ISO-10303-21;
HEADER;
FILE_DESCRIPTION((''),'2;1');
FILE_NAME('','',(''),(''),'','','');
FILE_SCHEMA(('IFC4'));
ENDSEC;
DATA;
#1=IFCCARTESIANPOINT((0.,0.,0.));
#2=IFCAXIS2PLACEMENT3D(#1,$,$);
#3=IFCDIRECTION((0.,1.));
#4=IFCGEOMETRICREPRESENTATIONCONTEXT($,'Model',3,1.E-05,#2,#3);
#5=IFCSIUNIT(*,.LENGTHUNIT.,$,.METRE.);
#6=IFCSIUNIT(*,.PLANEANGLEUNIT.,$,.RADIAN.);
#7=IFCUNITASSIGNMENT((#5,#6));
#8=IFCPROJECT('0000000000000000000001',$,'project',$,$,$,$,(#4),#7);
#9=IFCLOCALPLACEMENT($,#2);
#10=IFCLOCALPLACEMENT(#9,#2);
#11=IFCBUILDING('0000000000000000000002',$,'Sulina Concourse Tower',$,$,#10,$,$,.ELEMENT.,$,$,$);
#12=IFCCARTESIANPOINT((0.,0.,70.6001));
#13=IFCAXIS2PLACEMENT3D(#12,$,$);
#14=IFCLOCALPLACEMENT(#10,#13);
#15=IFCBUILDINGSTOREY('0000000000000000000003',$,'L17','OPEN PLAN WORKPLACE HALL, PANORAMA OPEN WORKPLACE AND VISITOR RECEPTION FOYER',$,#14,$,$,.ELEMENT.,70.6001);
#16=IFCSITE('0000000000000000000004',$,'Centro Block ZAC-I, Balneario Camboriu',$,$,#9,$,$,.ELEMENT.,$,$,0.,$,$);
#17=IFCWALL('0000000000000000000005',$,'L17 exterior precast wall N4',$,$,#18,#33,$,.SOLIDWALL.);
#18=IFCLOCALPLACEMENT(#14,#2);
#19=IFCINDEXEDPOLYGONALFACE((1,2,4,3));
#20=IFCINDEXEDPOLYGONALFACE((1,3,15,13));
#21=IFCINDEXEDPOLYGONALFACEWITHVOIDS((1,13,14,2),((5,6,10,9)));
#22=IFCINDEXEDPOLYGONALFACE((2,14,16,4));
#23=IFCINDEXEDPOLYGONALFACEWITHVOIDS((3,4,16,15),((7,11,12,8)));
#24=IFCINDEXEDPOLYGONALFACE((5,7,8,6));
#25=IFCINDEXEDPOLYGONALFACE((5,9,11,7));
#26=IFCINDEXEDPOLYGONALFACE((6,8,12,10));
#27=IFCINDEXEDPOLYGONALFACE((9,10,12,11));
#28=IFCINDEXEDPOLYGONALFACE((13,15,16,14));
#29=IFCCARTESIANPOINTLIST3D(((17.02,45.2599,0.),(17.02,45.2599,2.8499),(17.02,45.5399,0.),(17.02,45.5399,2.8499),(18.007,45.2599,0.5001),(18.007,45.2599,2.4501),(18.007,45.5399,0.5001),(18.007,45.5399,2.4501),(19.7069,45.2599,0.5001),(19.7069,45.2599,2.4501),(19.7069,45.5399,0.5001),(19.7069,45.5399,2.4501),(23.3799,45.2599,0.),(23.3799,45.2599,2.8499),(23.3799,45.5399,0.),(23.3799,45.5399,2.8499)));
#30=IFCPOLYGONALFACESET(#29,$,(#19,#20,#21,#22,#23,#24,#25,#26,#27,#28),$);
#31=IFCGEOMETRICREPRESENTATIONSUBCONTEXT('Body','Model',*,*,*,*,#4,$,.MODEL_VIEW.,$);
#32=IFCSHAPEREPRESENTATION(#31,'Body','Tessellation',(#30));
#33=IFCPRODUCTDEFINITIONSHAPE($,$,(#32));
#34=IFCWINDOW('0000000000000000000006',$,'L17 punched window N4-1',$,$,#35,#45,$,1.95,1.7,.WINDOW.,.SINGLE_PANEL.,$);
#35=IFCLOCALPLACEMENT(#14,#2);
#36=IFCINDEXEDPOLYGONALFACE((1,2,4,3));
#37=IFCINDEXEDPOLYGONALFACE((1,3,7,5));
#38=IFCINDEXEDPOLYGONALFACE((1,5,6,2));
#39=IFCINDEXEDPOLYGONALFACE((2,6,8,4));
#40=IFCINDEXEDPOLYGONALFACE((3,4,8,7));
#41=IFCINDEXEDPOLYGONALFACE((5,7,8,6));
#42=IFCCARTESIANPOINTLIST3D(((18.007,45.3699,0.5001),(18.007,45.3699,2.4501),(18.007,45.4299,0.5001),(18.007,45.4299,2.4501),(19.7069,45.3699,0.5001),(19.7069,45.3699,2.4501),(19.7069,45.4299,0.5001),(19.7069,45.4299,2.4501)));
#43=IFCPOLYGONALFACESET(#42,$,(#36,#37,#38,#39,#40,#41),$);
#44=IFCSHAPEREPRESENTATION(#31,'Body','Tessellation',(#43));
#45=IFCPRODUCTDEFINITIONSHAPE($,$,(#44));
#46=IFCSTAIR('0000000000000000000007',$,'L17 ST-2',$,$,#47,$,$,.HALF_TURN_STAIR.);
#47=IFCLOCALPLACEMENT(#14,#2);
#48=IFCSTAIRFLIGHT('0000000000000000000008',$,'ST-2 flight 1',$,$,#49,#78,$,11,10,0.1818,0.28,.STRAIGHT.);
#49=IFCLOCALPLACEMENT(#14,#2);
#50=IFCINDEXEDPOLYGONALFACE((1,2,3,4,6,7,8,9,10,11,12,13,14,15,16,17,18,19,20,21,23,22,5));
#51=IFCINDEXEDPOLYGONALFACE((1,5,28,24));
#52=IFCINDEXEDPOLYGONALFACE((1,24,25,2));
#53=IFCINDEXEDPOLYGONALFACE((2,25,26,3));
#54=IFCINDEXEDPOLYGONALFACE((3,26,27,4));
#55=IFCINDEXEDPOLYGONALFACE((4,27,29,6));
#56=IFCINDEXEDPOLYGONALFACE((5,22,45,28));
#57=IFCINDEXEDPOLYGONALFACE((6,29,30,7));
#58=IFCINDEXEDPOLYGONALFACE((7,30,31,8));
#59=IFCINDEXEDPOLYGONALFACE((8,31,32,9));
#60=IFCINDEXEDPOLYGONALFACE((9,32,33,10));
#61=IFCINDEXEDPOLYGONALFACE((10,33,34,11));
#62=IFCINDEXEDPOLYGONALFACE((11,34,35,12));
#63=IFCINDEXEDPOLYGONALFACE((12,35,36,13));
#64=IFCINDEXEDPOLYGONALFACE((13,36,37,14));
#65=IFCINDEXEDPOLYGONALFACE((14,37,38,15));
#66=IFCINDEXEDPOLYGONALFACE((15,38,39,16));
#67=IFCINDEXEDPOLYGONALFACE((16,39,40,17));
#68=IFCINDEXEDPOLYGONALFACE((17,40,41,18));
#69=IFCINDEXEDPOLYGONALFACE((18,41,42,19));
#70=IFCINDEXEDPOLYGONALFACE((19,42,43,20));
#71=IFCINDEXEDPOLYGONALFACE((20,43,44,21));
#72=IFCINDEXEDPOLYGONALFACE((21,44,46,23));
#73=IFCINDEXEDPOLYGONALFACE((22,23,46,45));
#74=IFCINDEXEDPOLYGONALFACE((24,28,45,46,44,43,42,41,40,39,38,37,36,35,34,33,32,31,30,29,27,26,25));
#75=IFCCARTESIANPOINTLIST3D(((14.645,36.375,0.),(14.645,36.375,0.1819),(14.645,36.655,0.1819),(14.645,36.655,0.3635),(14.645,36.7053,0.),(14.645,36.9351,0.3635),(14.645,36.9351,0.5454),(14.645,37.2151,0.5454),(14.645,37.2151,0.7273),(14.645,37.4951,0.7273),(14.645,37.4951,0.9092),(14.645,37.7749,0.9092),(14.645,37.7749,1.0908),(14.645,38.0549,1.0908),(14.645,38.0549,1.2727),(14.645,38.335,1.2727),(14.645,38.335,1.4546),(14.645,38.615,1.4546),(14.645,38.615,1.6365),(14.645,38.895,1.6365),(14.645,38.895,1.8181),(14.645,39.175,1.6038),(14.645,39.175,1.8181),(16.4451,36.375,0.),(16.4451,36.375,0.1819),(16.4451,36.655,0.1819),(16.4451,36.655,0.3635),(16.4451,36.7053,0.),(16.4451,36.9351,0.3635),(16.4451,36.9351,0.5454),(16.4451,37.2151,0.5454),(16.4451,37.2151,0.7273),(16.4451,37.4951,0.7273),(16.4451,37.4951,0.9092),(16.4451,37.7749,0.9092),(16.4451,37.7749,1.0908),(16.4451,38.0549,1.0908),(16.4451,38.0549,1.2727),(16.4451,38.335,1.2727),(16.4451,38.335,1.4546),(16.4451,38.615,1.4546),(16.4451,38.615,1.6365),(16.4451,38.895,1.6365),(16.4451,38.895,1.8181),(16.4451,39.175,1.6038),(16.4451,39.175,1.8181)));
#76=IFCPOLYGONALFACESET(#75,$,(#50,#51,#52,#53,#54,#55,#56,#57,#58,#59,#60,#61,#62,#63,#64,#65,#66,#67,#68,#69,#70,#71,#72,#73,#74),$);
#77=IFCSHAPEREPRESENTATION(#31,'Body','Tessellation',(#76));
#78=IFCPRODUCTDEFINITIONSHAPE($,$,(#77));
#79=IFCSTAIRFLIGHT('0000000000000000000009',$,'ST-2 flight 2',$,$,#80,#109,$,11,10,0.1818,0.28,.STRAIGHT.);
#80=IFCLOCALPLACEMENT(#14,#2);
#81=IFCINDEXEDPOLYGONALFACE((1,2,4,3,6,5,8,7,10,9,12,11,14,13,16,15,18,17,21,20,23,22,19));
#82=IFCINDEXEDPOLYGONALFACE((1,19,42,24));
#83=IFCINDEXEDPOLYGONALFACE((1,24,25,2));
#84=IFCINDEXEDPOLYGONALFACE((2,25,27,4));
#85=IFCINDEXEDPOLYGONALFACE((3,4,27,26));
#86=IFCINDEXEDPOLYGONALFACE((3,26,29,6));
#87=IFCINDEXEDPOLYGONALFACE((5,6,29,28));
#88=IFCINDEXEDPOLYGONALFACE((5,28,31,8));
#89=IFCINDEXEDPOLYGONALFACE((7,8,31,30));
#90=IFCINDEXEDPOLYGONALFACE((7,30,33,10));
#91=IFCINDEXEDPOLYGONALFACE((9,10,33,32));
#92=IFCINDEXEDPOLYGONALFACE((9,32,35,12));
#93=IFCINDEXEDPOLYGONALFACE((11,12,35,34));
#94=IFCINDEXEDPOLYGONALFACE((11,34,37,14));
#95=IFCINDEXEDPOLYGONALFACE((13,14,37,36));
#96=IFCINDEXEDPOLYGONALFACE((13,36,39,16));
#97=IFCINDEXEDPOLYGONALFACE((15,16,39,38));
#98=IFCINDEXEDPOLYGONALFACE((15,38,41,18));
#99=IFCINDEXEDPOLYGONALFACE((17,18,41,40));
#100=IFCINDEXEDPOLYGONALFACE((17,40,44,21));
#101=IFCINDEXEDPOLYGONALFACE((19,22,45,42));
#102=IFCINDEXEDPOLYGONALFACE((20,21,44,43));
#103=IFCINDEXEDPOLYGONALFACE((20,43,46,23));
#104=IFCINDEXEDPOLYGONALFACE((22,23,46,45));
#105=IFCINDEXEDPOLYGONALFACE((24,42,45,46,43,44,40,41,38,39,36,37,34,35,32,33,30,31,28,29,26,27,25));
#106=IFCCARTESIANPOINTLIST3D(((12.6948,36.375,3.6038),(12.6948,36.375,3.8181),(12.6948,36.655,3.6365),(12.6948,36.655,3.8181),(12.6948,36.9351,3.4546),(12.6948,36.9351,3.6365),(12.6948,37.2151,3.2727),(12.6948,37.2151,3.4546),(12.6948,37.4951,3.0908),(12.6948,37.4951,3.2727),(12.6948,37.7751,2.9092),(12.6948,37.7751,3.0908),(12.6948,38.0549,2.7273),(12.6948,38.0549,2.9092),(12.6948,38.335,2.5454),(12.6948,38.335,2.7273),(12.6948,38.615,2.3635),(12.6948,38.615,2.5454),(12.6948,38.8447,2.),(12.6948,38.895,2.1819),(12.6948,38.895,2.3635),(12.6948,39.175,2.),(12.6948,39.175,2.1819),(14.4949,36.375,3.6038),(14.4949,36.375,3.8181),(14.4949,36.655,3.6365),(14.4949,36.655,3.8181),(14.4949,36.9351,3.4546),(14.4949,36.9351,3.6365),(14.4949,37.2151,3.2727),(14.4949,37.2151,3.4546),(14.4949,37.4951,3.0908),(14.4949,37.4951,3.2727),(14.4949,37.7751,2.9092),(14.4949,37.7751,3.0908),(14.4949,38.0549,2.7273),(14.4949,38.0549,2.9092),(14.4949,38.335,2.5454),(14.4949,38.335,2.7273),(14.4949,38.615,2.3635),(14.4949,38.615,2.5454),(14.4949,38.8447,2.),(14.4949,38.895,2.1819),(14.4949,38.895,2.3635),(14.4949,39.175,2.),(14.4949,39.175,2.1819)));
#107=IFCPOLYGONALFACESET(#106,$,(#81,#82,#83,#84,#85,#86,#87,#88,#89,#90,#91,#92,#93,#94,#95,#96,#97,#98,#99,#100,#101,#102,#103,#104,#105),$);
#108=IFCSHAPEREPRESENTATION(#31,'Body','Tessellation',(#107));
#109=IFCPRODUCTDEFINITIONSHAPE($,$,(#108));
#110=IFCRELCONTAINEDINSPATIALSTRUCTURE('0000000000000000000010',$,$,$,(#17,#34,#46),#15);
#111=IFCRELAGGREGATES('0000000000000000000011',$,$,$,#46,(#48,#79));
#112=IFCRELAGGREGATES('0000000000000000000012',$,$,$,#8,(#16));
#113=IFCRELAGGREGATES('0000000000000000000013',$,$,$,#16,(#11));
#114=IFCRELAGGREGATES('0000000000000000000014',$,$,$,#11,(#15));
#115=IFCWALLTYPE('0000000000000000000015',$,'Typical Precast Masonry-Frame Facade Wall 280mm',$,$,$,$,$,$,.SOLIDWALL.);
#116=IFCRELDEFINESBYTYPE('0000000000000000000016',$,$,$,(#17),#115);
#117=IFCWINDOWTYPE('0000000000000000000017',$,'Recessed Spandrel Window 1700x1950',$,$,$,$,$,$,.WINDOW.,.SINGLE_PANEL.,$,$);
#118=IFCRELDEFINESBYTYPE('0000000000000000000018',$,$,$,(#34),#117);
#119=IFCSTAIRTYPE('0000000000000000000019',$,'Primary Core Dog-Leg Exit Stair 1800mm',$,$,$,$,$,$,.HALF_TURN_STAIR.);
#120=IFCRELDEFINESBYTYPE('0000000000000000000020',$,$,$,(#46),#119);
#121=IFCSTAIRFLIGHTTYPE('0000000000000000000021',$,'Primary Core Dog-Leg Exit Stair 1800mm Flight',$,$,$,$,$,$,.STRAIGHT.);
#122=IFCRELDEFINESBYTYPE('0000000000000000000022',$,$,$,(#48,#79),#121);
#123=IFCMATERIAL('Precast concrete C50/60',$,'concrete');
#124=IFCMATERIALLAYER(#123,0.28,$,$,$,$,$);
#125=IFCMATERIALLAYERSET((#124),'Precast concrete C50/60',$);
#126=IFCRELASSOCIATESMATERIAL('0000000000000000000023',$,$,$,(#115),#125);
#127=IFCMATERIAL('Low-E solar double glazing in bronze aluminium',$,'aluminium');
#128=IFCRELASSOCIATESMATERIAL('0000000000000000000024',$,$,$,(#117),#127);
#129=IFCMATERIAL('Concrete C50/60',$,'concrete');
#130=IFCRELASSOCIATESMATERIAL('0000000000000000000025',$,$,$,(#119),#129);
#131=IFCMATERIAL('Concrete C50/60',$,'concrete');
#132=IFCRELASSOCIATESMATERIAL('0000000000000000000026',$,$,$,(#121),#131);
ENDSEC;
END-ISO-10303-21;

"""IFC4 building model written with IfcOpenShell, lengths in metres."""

from ifc_helpers import new_model, si_unit, direction, frame, frame_2d, origin, place, context, subcontext, project, spatial, polyline, rectangle, outline, extrude, material, layer, layer_set, type_object, element, fill, aggregate, save


model = new_model("IFC4")

# Units and contexts
model_context = context("Model", 3, precision=1e-05, world=origin(), true_north=direction((0.0, 1.0)))
body_context = subcontext(model_context, "Body", "Model", "MODEL_VIEW")
ifc_project = project(units=[si_unit("LENGTHUNIT", "METRE"), si_unit("PLANEANGLEUNIT", "RADIAN")], contexts=[model_context])

# Site, building, storey
site_placement = place(None, origin())
site = spatial("IfcSite", under=ifc_project, at=site_placement, Name="Centro Block ZAC-I, Balneario Camboriu", CompositionType="ELEMENT", RefElevation=0.0)
building_placement = place(site_placement, origin())
building = spatial("IfcBuilding", under=site, at=building_placement, Name="Sulina Concourse Tower", CompositionType="ELEMENT")
storey_placement = place(building_placement, frame((0.0, 0.0, 70.6001)))
storey = spatial("IfcBuildingStorey", under=building, at=storey_placement, Name="L17", Description="OPEN PLAN WORKPLACE HALL, PANORAMA OPEN WORKPLACE AND VISITOR RECEPTION FOYER", CompositionType="ELEMENT", Elevation=70.6001)

# Shared definitions
ifc_material_1 = material(Name="Precast concrete C50/60", Category="concrete")
ifc_layer_1 = layer(ifc_material_1, 0.28)
ifc_layer_set_1 = layer_set([ifc_layer_1], Name="Precast concrete C50/60")
wall_type_1 = type_object("IfcWallType", Name="Typical Precast Masonry-Frame Facade Wall 280mm", PredefinedType="SOLIDWALL", material=ifc_layer_set_1)

# Wall, opening, window
wall_1_placement = place(storey_placement, frame((17.02, 45.3999, 0.0), z_axis=(0.0, 0.0, 1.0), x_axis=(1.0, 0.0, 0.0)))
wall_1 = element("IfcWall", 1, at=wall_1_placement, inside=storey, type_object=wall_type_1, Name="L17 exterior precast wall N4", PredefinedType="SOLIDWALL", context=body_context, shape_type="SweptSolid", body=[
    extrude(rectangle(XDim=6.3599, YDim=0.28, at=frame_2d((3.1799, 0.0))), origin(), (0.0, 0.0, 1.0), 2.8499),
])
opening_1_placement = place(wall_1_placement, frame((0.9868, 0.0, 0.5)))
opening_1 = element("IfcOpeningElement", 2, at=opening_1_placement, cuts=wall_1, PredefinedType="OPENING", context=body_context, shape_type="SweptSolid", body=[
    extrude(rectangle(XDim=1.7, YDim=1.95, at=frame_2d((0.8501, 0.9751))), frame((0.0, 0.1499, 0.0), z_axis=(0.0, -1.0, 0.0), x_axis=(1.0, 0.0, 0.0)), (0.0, 0.0, 1.0), 0.3),
])
ifc_material_2 = material(Name="Low-E solar double glazing in bronze aluminium", Category="aluminium")
window_type = type_object("IfcWindowType", Name="Recessed Spandrel Window 1700x1950", PartitioningType="SINGLE_PANEL", PredefinedType="WINDOW", material=ifc_material_2)
window_placement = place(opening_1_placement, origin())
window = element("IfcWindow", 3, at=window_placement, inside=storey, type_object=window_type, Name="L17 punched window N4-1", OverallHeight=1.95, OverallWidth=1.7, PartitioningType="SINGLE_PANEL", PredefinedType="WINDOW", context=body_context, shape_type="SweptSolid", body=[
    extrude(rectangle(XDim=1.7, YDim=1.95, at=frame_2d((0.8501, 0.9751))), frame((0.0, 0.03, 0.0), z_axis=(0.0, -1.0, 0.0), x_axis=(1.0, 0.0, 0.0)), (0.0, 0.0, 1.0), 0.0601),
])
fill(opening_1, window)

# Stair, stair flights
ifc_material_3 = material(Name="Concrete C50/60", Category="concrete")
stair_type = type_object("IfcStairType", Name="Primary Core Dog-Leg Exit Stair 1800mm", PredefinedType="HALF_TURN_STAIR", material=ifc_material_3)
stair_placement = place(storey_placement, origin())
stair = element("IfcStair", 4, at=stair_placement, inside=storey, type_object=stair_type, Name="L17 ST-2", PredefinedType="HALF_TURN_STAIR")
ifc_material_4 = material(Name="Concrete C50/60", Category="concrete")
stair_flight_type = type_object("IfcStairFlightType", Name="Primary Core Dog-Leg Exit Stair 1800mm Flight", PredefinedType="STRAIGHT", material=ifc_material_4)
stair_flight_1_placement = place(storey_placement, frame((15.5449, 36.375, 0.0), z_axis=(0.0, 0.0, 1.0), x_axis=(0.0, 1.0, 0.0)))
stair_flight_1 = element("IfcStairFlight", 5, at=stair_flight_1_placement, type_object=stair_flight_type, Name="ST-2 flight 1", NumberOfRisers=11, NumberOfTreads=10, PredefinedType="STRAIGHT", RiserHeight=0.1818, TreadLength=0.28, context=body_context, shape_type="SweptSolid", body=[
    extrude(outline(polyline([(0.0, 0.0), (0.0, 0.1819), (0.28, 0.1819), (0.28, 0.3635), (0.5601, 0.3635), (0.5601, 0.5454), (0.8401, 0.5454), (0.8401, 0.7273), (1.1201, 0.7273), (1.1201, 0.9092), (1.3999, 0.9092), (1.3999, 1.0908), (1.6799, 1.0908), (1.6799, 1.2727), (1.96, 1.2727), (1.96, 1.4546), (2.24, 1.4546), (2.24, 1.6365), (2.52, 1.6365), (2.52, 1.8181), (2.8, 1.8181), (2.8, 2.0), (2.8, 1.6038), (0.3303, 0.0), (0.0, 0.0)])), frame((0.0, 0.8999, 0.0), z_axis=(0.0, -1.0, 0.0), x_axis=(1.0, 0.0, 0.0)), (0.0, 0.0, 1.0), 1.8),
])
stair_flight_2_placement = place(storey_placement, frame((13.595, 39.175, 2.0), z_axis=(0.0, 0.0, 1.0), x_axis=(0.0, -1.0, 0.0)))
stair_flight_2 = element("IfcStairFlight", 6, at=stair_flight_2_placement, type_object=stair_flight_type, Name="ST-2 flight 2", NumberOfRisers=11, NumberOfTreads=10, PredefinedType="STRAIGHT", RiserHeight=0.1818, TreadLength=0.28, context=body_context, shape_type="SweptSolid", body=[
    extrude(outline(polyline([(0.0, 0.0), (0.0, 0.1819), (0.28, 0.1819), (0.28, 0.3635), (0.5601, 0.3635), (0.5601, 0.5454), (0.8401, 0.5454), (0.8401, 0.7273), (1.1201, 0.7273), (1.1201, 0.9092), (1.3999, 0.9092), (1.3999, 1.0908), (1.6799, 1.0908), (1.6799, 1.2727), (1.96, 1.2727), (1.96, 1.4546), (2.24, 1.4546), (2.24, 1.6365), (2.52, 1.6365), (2.52, 1.8181), (2.8, 1.8181), (2.8, 2.0), (2.8, 1.6038), (0.3303, 0.0), (0.0, 0.0)])), frame((0.0, 0.8999, 0.0), z_axis=(0.0, -1.0, 0.0), x_axis=(1.0, 0.0, 0.0)), (0.0, 0.0, 1.0), 1.8),
])
aggregate(stair, [stair_flight_1, stair_flight_2])

save(model, "model.ifc")
